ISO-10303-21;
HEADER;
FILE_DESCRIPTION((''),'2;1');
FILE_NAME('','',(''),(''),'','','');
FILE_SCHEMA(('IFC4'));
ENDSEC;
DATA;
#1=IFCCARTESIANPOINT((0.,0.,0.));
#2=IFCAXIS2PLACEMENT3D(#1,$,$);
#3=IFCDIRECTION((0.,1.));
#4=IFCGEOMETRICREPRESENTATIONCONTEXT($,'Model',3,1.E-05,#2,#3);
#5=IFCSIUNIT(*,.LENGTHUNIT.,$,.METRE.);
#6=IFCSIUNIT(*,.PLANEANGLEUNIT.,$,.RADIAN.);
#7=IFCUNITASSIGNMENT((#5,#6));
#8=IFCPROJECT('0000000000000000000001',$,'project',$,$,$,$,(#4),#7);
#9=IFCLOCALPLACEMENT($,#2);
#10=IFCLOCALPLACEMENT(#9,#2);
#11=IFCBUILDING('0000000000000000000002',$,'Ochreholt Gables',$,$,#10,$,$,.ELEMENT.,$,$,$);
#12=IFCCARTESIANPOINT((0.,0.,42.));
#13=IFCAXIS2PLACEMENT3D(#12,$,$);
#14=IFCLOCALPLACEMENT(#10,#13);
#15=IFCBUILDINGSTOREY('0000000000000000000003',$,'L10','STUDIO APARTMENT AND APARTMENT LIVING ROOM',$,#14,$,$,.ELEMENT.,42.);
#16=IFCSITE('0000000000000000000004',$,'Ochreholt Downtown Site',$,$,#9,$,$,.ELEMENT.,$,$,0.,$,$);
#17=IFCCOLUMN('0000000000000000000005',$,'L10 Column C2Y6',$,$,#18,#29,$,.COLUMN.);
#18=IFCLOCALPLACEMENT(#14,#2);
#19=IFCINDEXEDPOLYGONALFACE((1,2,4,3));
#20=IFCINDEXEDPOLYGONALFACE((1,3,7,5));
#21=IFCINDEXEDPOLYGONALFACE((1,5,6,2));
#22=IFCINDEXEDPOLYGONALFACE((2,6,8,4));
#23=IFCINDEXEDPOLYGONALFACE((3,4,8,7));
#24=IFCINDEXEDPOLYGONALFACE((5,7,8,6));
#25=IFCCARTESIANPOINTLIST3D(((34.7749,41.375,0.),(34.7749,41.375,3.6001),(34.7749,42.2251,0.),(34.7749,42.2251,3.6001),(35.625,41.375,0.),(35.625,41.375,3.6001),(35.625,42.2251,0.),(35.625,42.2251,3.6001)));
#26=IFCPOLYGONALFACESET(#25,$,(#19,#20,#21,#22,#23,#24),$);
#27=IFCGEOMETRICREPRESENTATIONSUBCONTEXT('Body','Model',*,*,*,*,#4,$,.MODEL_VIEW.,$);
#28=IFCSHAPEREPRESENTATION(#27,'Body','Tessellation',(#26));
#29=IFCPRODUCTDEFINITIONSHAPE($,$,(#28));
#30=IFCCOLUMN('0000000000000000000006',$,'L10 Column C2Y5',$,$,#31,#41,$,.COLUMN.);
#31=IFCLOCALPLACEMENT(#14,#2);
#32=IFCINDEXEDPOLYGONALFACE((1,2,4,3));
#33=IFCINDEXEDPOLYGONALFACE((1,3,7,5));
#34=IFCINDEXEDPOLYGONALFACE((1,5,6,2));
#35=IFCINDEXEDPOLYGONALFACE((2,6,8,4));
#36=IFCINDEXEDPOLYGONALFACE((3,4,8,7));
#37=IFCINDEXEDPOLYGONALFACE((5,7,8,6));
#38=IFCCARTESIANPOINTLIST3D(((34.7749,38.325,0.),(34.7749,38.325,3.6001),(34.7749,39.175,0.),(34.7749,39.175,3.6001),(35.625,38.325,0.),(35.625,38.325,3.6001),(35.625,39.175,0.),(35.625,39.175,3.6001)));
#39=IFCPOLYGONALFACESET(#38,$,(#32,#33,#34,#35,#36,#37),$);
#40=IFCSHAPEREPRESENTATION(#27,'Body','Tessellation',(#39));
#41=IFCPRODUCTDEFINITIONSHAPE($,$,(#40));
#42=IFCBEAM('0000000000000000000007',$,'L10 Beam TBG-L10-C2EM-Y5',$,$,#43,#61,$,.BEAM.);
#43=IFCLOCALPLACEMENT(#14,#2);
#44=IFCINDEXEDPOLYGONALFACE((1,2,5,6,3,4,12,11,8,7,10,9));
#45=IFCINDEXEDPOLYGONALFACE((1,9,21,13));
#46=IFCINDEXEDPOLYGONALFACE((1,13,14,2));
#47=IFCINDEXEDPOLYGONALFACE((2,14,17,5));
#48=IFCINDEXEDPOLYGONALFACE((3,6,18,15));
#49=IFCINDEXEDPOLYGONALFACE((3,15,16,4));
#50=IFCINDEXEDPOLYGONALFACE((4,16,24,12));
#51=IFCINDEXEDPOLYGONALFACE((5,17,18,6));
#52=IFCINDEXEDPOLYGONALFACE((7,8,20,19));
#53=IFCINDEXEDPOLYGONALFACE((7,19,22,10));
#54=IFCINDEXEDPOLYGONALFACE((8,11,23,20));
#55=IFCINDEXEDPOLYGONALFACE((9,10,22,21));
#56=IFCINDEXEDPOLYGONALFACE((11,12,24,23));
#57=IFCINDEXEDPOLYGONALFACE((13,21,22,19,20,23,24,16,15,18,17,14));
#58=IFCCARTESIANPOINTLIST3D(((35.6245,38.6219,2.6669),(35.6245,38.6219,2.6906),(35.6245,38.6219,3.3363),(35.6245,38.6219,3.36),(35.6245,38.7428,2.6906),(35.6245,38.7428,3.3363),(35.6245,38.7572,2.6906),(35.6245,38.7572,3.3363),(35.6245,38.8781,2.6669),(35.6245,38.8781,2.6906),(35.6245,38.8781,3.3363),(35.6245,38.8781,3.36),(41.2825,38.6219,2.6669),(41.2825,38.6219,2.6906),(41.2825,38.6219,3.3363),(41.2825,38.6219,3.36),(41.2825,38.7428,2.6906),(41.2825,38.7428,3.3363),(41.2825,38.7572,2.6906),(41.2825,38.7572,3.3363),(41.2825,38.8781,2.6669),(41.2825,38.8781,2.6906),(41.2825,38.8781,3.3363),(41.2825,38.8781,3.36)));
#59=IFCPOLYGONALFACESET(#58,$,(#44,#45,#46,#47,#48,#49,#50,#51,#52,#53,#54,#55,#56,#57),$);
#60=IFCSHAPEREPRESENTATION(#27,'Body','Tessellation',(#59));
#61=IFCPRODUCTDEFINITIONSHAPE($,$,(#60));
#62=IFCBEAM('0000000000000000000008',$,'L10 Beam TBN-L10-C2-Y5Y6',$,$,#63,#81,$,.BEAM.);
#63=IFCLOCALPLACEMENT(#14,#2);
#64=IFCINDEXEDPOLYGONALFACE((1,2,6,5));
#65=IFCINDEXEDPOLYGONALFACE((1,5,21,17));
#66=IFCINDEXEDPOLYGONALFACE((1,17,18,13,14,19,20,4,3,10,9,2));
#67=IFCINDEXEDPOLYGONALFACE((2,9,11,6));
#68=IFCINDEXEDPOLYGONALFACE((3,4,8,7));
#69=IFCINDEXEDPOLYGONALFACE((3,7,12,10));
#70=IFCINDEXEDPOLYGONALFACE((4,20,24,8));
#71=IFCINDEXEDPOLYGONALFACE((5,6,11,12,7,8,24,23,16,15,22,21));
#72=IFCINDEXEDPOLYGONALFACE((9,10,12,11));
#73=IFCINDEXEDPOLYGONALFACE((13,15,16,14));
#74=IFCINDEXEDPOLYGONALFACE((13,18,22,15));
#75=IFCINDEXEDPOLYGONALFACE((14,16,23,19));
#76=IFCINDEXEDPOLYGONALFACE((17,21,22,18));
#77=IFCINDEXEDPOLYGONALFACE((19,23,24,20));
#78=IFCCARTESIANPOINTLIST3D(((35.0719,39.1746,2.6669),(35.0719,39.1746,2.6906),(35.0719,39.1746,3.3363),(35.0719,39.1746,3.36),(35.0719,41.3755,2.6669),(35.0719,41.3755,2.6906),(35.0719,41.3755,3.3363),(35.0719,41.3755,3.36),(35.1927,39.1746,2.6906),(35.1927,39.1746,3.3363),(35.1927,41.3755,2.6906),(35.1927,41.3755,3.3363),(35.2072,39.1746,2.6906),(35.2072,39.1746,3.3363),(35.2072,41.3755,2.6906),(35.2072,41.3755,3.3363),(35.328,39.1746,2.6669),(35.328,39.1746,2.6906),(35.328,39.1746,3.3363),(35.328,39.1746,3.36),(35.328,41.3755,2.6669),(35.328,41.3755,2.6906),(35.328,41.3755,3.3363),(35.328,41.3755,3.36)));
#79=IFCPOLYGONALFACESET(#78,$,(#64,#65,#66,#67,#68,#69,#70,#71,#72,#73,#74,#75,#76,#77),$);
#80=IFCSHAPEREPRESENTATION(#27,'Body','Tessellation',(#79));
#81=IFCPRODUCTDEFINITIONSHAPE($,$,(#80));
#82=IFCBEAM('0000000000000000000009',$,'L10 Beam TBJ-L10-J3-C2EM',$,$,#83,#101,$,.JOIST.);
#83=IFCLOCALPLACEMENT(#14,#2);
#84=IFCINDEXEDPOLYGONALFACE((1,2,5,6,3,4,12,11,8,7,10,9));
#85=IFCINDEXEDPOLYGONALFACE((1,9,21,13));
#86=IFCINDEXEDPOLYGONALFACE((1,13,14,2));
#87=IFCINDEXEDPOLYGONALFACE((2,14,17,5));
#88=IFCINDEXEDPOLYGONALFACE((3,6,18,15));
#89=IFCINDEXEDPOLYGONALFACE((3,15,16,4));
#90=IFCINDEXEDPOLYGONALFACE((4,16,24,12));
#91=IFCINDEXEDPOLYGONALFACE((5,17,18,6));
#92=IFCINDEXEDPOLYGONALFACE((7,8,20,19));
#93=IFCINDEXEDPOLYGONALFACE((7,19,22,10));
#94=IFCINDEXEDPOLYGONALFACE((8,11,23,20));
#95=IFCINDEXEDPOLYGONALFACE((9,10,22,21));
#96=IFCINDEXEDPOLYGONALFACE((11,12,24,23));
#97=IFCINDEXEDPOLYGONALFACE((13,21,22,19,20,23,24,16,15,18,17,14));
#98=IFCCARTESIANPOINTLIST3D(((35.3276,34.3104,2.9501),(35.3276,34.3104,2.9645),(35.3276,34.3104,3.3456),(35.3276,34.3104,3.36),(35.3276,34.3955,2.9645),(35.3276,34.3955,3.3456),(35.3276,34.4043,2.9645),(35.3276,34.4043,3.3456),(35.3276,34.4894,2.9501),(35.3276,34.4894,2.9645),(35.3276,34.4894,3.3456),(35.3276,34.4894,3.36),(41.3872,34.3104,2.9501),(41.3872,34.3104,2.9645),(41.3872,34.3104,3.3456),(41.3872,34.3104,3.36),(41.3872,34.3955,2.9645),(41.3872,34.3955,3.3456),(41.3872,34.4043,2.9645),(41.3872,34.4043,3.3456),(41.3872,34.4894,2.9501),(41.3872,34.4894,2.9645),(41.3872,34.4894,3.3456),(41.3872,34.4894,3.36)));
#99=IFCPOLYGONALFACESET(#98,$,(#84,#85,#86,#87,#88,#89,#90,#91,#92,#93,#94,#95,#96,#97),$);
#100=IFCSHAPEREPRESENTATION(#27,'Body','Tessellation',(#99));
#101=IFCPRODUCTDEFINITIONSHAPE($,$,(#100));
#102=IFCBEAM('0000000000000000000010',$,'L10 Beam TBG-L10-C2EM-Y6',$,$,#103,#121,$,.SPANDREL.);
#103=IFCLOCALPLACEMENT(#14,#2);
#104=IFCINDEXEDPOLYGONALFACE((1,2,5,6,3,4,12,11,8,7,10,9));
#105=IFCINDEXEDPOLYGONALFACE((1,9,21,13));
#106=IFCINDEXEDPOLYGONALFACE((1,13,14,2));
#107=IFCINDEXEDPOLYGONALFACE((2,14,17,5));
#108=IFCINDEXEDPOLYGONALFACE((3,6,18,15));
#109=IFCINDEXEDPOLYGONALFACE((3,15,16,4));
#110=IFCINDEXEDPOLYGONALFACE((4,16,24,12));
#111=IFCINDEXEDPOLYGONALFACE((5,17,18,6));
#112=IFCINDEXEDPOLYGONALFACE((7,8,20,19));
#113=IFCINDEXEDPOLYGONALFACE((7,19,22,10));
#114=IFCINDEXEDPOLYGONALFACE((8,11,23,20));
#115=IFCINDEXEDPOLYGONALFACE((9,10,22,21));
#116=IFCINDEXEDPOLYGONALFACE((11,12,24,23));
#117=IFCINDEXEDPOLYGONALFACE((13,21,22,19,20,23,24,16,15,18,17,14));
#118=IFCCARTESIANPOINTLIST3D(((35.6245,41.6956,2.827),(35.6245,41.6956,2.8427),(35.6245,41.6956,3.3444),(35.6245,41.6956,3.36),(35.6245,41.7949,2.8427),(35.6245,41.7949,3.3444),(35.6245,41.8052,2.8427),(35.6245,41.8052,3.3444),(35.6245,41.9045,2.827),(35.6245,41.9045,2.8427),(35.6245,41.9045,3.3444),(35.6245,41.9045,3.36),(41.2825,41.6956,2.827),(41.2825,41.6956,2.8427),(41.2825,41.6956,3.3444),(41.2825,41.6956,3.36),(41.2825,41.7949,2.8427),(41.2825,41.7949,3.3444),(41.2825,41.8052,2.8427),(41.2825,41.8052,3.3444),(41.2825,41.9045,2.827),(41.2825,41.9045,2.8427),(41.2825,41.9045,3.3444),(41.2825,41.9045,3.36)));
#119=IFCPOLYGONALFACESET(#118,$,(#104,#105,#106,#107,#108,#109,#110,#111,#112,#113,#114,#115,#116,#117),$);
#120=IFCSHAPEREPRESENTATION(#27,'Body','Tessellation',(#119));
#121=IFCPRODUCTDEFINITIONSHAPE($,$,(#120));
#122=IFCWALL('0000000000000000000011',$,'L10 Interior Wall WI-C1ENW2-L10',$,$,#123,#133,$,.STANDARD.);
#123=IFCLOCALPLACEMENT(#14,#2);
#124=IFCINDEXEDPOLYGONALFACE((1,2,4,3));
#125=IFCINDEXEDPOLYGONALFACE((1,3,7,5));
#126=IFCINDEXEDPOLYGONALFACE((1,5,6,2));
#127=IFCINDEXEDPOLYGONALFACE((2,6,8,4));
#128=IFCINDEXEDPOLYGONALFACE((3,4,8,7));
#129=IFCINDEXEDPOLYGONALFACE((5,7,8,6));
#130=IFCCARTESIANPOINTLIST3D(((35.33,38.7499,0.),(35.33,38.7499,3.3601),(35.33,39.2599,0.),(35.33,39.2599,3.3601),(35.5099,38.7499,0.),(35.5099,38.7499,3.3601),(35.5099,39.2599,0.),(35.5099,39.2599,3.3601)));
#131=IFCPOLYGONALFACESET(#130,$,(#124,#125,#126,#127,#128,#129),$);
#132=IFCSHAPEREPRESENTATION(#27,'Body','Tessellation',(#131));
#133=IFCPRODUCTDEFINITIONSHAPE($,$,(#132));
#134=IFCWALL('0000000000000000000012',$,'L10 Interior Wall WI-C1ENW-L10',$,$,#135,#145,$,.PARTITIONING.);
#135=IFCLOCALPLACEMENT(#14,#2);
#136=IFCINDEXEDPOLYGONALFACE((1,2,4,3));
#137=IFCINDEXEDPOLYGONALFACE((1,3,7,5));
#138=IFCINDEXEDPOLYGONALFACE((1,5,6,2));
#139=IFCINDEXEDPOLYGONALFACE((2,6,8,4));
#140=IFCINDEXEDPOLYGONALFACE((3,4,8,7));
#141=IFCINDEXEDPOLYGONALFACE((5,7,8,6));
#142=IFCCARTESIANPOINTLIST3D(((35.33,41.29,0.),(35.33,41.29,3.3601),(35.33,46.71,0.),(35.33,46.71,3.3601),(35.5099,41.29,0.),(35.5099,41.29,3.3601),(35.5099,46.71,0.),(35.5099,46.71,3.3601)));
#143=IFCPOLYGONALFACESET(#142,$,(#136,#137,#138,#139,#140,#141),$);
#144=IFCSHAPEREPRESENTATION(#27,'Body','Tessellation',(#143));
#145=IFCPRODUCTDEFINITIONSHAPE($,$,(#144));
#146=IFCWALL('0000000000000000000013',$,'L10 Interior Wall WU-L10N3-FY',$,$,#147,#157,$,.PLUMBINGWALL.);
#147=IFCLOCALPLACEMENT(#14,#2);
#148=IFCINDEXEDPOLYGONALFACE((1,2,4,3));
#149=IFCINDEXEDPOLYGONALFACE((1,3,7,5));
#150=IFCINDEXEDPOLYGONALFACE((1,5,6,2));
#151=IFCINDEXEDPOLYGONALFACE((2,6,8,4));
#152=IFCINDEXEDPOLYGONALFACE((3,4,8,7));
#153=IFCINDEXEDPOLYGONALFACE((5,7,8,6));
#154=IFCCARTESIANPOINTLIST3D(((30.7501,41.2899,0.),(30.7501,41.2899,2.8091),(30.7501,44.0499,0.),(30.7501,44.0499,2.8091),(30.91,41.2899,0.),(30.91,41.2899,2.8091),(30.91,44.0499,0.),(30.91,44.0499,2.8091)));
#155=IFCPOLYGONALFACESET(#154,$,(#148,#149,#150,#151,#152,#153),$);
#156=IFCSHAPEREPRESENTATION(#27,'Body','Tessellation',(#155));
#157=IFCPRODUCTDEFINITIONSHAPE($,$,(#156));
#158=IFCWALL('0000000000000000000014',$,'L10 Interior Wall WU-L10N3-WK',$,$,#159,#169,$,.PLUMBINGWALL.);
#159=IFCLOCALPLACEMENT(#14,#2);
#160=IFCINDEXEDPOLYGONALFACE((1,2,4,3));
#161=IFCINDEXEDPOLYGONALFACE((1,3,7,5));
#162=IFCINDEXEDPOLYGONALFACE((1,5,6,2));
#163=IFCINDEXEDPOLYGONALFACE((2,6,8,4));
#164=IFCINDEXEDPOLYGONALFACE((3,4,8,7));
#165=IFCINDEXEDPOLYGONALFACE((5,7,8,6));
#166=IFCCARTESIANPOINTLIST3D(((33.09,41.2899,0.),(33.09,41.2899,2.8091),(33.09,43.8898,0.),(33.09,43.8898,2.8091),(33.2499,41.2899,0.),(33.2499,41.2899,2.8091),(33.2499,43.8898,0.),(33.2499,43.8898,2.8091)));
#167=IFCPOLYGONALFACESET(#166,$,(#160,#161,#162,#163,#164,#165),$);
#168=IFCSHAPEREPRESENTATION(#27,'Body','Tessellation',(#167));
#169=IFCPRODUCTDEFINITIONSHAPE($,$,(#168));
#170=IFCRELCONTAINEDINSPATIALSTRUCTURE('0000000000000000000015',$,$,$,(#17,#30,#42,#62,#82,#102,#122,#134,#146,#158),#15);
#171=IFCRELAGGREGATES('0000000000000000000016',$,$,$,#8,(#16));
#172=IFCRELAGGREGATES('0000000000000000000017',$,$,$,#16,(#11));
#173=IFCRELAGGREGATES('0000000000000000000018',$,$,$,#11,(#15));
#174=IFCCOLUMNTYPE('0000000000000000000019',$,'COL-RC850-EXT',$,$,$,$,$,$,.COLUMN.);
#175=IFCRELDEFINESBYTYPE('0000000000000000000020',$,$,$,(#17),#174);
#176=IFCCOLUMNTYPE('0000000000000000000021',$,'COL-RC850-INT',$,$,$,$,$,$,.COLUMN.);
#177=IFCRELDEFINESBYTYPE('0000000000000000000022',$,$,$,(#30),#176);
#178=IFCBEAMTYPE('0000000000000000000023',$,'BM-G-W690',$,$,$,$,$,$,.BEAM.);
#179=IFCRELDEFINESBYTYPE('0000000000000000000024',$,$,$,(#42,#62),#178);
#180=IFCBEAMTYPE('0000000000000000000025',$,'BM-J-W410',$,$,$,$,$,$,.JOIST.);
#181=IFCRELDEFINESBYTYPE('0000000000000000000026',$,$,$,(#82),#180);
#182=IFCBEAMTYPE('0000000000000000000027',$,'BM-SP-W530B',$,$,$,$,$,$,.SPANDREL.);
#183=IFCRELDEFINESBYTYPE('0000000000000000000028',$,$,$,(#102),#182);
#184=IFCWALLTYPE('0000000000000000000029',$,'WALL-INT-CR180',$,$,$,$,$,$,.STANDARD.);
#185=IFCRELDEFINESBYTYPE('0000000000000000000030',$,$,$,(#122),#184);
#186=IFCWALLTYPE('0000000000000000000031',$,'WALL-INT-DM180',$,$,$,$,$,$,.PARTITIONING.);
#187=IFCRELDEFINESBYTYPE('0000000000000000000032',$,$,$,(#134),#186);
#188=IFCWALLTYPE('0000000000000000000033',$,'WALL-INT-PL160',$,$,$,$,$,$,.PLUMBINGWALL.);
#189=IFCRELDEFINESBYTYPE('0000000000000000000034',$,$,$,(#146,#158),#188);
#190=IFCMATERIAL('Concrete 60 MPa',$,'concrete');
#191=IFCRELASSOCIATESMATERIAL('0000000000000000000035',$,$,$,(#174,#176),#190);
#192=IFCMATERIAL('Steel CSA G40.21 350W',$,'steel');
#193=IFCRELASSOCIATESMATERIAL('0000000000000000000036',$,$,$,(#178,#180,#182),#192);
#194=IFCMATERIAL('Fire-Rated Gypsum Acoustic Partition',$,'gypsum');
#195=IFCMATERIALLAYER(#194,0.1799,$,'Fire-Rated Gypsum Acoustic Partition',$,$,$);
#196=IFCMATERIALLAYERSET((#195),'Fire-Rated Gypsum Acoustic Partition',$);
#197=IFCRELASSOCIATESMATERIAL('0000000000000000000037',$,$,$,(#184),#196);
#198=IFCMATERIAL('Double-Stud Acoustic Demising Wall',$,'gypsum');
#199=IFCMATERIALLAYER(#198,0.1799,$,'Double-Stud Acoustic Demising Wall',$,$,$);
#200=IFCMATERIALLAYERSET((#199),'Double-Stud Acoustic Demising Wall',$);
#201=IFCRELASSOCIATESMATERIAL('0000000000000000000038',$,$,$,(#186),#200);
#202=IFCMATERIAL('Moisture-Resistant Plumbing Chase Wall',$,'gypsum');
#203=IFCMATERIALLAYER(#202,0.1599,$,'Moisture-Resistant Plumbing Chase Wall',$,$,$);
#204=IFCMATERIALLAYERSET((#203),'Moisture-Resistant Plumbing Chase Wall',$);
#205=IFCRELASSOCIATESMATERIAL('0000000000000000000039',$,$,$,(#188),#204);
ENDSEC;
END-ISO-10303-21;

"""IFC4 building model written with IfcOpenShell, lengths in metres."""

from ifc_helpers import new_model, si_unit, direction, frame, frame_2d, origin, origin_2d, place, context, subcontext, project, spatial, rectangle, i_section, extrude, material, layer, layer_set, material_profile, profile_set, type_object, element, save


model = new_model("IFC4")

# Units and contexts
model_context = context("Model", 3, precision=1e-05, world=origin(), true_north=direction((0.0, 1.0)))
body_context = subcontext(model_context, "Body", "Model", "MODEL_VIEW")
ifc_project = project(units=[si_unit("LENGTHUNIT", "METRE"), si_unit("PLANEANGLEUNIT", "RADIAN")], contexts=[model_context])

# Site, building, storey
site_placement = place(None, origin())
site = spatial("IfcSite", under=ifc_project, at=site_placement, Name="Ochreholt Downtown Site", CompositionType="ELEMENT", RefElevation=0.0)
building_placement = place(site_placement, origin())
building = spatial("IfcBuilding", under=site, at=building_placement, Name="Ochreholt Gables", CompositionType="ELEMENT")
storey_placement = place(building_placement, frame((0.0, 0.0, 42.0)))
storey = spatial("IfcBuildingStorey", under=building, at=storey_placement, Name="L10", Description="STUDIO APARTMENT AND APARTMENT LIVING ROOM", CompositionType="ELEMENT", Elevation=42.0)

# Columns
ifc_material_1 = material(Name="Concrete 60 MPa", Category="concrete")
ifc_material_profile_1 = material_profile(ifc_material_1, rectangle(XDim=0.8501, YDim=0.8501, at=origin_2d()), Name="RC850X850")
ifc_profile_set_1 = profile_set([ifc_material_profile_1], Name="Concrete 60 MPa")
column_type_1 = type_object("IfcColumnType", Name="COL-RC850-EXT", PredefinedType="COLUMN", material=ifc_profile_set_1)
column_1_placement = place(storey_placement, frame((35.2, 41.8, 0.0), z_axis=(0.0, 0.0, 1.0), x_axis=(1.0, 0.0, 0.0)))
element("IfcColumn", 1, at=column_1_placement, inside=storey, type_object=column_type_1, Name="L10 Column C2Y6", PredefinedType="COLUMN", context=body_context, shape_type="SweptSolid", body=[
    extrude(rectangle(XDim=0.8501, YDim=0.8501, at=origin_2d()), origin(), (0.0, 0.0, 1.0), 3.6001),
])
ifc_material_profile_2 = material_profile(ifc_material_1, rectangle(XDim=0.8501, YDim=0.8501, at=origin_2d()), Name="RC850X850")
ifc_profile_set_2 = profile_set([ifc_material_profile_2], Name="Concrete 60 MPa")
column_type_2 = type_object("IfcColumnType", Name="COL-RC850-INT", PredefinedType="COLUMN", material=ifc_profile_set_2)
column_2_placement = place(storey_placement, frame((35.2, 38.75, 0.0), z_axis=(0.0, 0.0, 1.0), x_axis=(1.0, 0.0, 0.0)))
element("IfcColumn", 2, at=column_2_placement, inside=storey, type_object=column_type_2, Name="L10 Column C2Y5", PredefinedType="COLUMN", context=body_context, shape_type="SweptSolid", body=[
    extrude(rectangle(XDim=0.8501, YDim=0.8501, at=origin_2d()), origin(), (0.0, 0.0, 1.0), 3.6001),
])

# Beams
ifc_material_2 = material(Name="Steel CSA G40.21 350W", Category="steel")
ifc_material_profile_3 = material_profile(ifc_material_2, i_section(OverallWidth=0.2561, OverallDepth=0.6931, WebThickness=0.0144, FlangeThickness=0.0237, at=origin_2d()), Name="W690X170")
ifc_profile_set_3 = profile_set([ifc_material_profile_3], Name="Steel CSA G40.21 350W")
beam_type_1 = type_object("IfcBeamType", Name="BM-G-W690", PredefinedType="BEAM", material=ifc_profile_set_3)
beam_1_placement = place(storey_placement, frame((35.6245, 38.75, 3.0134), z_axis=(1.0, 0.0, 0.0), x_axis=(0.0, 1.0, 0.0)))
element("IfcBeam", 3, at=beam_1_placement, inside=storey, type_object=beam_type_1, Name="L10 Beam TBG-L10-C2EM-Y5", PredefinedType="BEAM", context=body_context, shape_type="SweptSolid", body=[
    extrude(i_section(OverallWidth=0.2561, OverallDepth=0.6931, WebThickness=0.0144, FlangeThickness=0.0237, at=origin_2d()), origin(), (0.0, 0.0, 1.0), 5.658),
])
beam_2_placement = place(storey_placement, frame((35.2, 39.1746, 3.0134), z_axis=(0.0, 1.0, 0.0), x_axis=(-1.0, 0.0, 0.0)))
element("IfcBeam", 4, at=beam_2_placement, inside=storey, type_object=beam_type_1, Name="L10 Beam TBN-L10-C2-Y5Y6", PredefinedType="BEAM", context=body_context, shape_type="SweptSolid", body=[
    extrude(i_section(OverallWidth=0.2561, OverallDepth=0.6931, WebThickness=0.0144, FlangeThickness=0.0237, at=origin_2d()), origin(), (0.0, 0.0, 1.0), 2.2009),
])
ifc_material_profile_4 = material_profile(ifc_material_2, i_section(OverallWidth=0.179, OverallDepth=0.4099, WebThickness=0.0088, FlangeThickness=0.0144, at=origin_2d()), Name="W410X67")
ifc_profile_set_4 = profile_set([ifc_material_profile_4], Name="Steel CSA G40.21 350W")
beam_type_2 = type_object("IfcBeamType", Name="BM-J-W410", PredefinedType="JOIST", material=ifc_profile_set_4)
beam_3_placement = place(storey_placement, frame((35.3276, 34.3999, 3.155), z_axis=(1.0, 0.0, 0.0), x_axis=(0.0, 1.0, 0.0)))
element("IfcBeam", 5, at=beam_3_placement, inside=storey, type_object=beam_type_2, Name="L10 Beam TBJ-L10-J3-C2EM", PredefinedType="JOIST", context=body_context, shape_type="SweptSolid", body=[
    extrude(i_section(OverallWidth=0.179, OverallDepth=0.4099, WebThickness=0.0088, FlangeThickness=0.0144, at=origin_2d()), origin(), (0.0, 0.0, 1.0), 6.0596),
])
ifc_material_profile_5 = material_profile(ifc_material_2, i_section(OverallWidth=0.209, OverallDepth=0.533, WebThickness=0.0103, FlangeThickness=0.0156, at=origin_2d()), Name="W530X92")
ifc_profile_set_5 = profile_set([ifc_material_profile_5], Name="Steel CSA G40.21 350W")
beam_type_3 = type_object("IfcBeamType", Name="BM-SP-W530B", PredefinedType="SPANDREL", material=ifc_profile_set_5)
beam_4_placement = place(storey_placement, frame((35.6245, 41.8, 3.0935), z_axis=(1.0, 0.0, 0.0), x_axis=(0.0, 1.0, 0.0)))
element("IfcBeam", 6, at=beam_4_placement, inside=storey, type_object=beam_type_3, Name="L10 Beam TBG-L10-C2EM-Y6", PredefinedType="SPANDREL", context=body_context, shape_type="SweptSolid", body=[
    extrude(i_section(OverallWidth=0.209, OverallDepth=0.533, WebThickness=0.0103, FlangeThickness=0.0156, at=origin_2d()), origin(), (0.0, 0.0, 1.0), 5.658),
])

# Walls
ifc_material_3 = material(Name="Fire-Rated Gypsum Acoustic Partition", Category="gypsum")
ifc_layer_1 = layer(ifc_material_3, 0.1799, Name="Fire-Rated Gypsum Acoustic Partition")
ifc_layer_set_1 = layer_set([ifc_layer_1], Name="Fire-Rated Gypsum Acoustic Partition")
wall_type_1 = type_object("IfcWallType", Name="WALL-INT-CR180", PredefinedType="STANDARD", material=ifc_layer_set_1)
wall_1_placement = place(storey_placement, frame((35.4199, 38.75, 0.0), z_axis=(0.0, 0.0, 1.0), x_axis=(0.0, 1.0, 0.0)))
element("IfcWall", 7, at=wall_1_placement, inside=storey, type_object=wall_type_1, Name="L10 Interior Wall WI-C1ENW2-L10", PredefinedType="STANDARD", context=body_context, shape_type="SweptSolid", body=[
    extrude(rectangle(XDim=0.51, YDim=0.1799, at=frame_2d((0.2549, 0.0))), origin(), (0.0, 0.0, 1.0), 3.3601),
])
ifc_material_4 = material(Name="Double-Stud Acoustic Demising Wall", Category="gypsum")
ifc_layer_2 = layer(ifc_material_4, 0.1799, Name="Double-Stud Acoustic Demising Wall")
ifc_layer_set_2 = layer_set([ifc_layer_2], Name="Double-Stud Acoustic Demising Wall")
wall_type_2 = type_object("IfcWallType", Name="WALL-INT-DM180", PredefinedType="PARTITIONING", material=ifc_layer_set_2)
wall_2_placement = place(storey_placement, frame((35.4199, 41.29, 0.0), z_axis=(0.0, 0.0, 1.0), x_axis=(0.0, 1.0, 0.0)))
element("IfcWall", 8, at=wall_2_placement, inside=storey, type_object=wall_type_2, Name="L10 Interior Wall WI-C1ENW-L10", PredefinedType="PARTITIONING", context=body_context, shape_type="SweptSolid", body=[
    extrude(rectangle(XDim=5.4199, YDim=0.1799, at=frame_2d((2.71, 0.0))), origin(), (0.0, 0.0, 1.0), 3.3601),
])

# Shared definitions
ifc_material_5 = material(Name="Moisture-Resistant Plumbing Chase Wall", Category="gypsum")
ifc_layer_3 = layer(ifc_material_5, 0.1599, Name="Moisture-Resistant Plumbing Chase Wall")
ifc_layer_set_3 = layer_set([ifc_layer_3], Name="Moisture-Resistant Plumbing Chase Wall")
wall_type_3 = type_object("IfcWallType", Name="WALL-INT-PL160", PredefinedType="PLUMBINGWALL", material=ifc_layer_set_3)

# Walls
wall_3_placement = place(storey_placement, frame((30.8301, 41.29, 0.0), z_axis=(0.0, 0.0, 1.0), x_axis=(0.0, 1.0, 0.0)))
element("IfcWall", 9, at=wall_3_placement, inside=storey, type_object=wall_type_3, Name="L10 Interior Wall WU-L10N3-FY", PredefinedType="PLUMBINGWALL", context=body_context, shape_type="SweptSolid", body=[
    extrude(rectangle(XDim=2.76, YDim=0.1599, at=frame_2d((1.3799, 0.0))), origin(), (0.0, 0.0, 1.0), 2.8091),
])
wall_4_placement = place(storey_placement, frame((33.1699, 41.29, 0.0), z_axis=(0.0, 0.0, 1.0), x_axis=(0.0, 1.0, 0.0)))
element("IfcWall", 10, at=wall_4_placement, inside=storey, type_object=wall_type_3, Name="L10 Interior Wall WU-L10N3-WK", PredefinedType="PLUMBINGWALL", context=body_context, shape_type="SweptSolid", body=[
    extrude(rectangle(XDim=2.5999, YDim=0.1599, at=frame_2d((1.2998, 0.0))), origin(), (0.0, 0.0, 1.0), 2.8091),
])

save(model, "model.ifc")
